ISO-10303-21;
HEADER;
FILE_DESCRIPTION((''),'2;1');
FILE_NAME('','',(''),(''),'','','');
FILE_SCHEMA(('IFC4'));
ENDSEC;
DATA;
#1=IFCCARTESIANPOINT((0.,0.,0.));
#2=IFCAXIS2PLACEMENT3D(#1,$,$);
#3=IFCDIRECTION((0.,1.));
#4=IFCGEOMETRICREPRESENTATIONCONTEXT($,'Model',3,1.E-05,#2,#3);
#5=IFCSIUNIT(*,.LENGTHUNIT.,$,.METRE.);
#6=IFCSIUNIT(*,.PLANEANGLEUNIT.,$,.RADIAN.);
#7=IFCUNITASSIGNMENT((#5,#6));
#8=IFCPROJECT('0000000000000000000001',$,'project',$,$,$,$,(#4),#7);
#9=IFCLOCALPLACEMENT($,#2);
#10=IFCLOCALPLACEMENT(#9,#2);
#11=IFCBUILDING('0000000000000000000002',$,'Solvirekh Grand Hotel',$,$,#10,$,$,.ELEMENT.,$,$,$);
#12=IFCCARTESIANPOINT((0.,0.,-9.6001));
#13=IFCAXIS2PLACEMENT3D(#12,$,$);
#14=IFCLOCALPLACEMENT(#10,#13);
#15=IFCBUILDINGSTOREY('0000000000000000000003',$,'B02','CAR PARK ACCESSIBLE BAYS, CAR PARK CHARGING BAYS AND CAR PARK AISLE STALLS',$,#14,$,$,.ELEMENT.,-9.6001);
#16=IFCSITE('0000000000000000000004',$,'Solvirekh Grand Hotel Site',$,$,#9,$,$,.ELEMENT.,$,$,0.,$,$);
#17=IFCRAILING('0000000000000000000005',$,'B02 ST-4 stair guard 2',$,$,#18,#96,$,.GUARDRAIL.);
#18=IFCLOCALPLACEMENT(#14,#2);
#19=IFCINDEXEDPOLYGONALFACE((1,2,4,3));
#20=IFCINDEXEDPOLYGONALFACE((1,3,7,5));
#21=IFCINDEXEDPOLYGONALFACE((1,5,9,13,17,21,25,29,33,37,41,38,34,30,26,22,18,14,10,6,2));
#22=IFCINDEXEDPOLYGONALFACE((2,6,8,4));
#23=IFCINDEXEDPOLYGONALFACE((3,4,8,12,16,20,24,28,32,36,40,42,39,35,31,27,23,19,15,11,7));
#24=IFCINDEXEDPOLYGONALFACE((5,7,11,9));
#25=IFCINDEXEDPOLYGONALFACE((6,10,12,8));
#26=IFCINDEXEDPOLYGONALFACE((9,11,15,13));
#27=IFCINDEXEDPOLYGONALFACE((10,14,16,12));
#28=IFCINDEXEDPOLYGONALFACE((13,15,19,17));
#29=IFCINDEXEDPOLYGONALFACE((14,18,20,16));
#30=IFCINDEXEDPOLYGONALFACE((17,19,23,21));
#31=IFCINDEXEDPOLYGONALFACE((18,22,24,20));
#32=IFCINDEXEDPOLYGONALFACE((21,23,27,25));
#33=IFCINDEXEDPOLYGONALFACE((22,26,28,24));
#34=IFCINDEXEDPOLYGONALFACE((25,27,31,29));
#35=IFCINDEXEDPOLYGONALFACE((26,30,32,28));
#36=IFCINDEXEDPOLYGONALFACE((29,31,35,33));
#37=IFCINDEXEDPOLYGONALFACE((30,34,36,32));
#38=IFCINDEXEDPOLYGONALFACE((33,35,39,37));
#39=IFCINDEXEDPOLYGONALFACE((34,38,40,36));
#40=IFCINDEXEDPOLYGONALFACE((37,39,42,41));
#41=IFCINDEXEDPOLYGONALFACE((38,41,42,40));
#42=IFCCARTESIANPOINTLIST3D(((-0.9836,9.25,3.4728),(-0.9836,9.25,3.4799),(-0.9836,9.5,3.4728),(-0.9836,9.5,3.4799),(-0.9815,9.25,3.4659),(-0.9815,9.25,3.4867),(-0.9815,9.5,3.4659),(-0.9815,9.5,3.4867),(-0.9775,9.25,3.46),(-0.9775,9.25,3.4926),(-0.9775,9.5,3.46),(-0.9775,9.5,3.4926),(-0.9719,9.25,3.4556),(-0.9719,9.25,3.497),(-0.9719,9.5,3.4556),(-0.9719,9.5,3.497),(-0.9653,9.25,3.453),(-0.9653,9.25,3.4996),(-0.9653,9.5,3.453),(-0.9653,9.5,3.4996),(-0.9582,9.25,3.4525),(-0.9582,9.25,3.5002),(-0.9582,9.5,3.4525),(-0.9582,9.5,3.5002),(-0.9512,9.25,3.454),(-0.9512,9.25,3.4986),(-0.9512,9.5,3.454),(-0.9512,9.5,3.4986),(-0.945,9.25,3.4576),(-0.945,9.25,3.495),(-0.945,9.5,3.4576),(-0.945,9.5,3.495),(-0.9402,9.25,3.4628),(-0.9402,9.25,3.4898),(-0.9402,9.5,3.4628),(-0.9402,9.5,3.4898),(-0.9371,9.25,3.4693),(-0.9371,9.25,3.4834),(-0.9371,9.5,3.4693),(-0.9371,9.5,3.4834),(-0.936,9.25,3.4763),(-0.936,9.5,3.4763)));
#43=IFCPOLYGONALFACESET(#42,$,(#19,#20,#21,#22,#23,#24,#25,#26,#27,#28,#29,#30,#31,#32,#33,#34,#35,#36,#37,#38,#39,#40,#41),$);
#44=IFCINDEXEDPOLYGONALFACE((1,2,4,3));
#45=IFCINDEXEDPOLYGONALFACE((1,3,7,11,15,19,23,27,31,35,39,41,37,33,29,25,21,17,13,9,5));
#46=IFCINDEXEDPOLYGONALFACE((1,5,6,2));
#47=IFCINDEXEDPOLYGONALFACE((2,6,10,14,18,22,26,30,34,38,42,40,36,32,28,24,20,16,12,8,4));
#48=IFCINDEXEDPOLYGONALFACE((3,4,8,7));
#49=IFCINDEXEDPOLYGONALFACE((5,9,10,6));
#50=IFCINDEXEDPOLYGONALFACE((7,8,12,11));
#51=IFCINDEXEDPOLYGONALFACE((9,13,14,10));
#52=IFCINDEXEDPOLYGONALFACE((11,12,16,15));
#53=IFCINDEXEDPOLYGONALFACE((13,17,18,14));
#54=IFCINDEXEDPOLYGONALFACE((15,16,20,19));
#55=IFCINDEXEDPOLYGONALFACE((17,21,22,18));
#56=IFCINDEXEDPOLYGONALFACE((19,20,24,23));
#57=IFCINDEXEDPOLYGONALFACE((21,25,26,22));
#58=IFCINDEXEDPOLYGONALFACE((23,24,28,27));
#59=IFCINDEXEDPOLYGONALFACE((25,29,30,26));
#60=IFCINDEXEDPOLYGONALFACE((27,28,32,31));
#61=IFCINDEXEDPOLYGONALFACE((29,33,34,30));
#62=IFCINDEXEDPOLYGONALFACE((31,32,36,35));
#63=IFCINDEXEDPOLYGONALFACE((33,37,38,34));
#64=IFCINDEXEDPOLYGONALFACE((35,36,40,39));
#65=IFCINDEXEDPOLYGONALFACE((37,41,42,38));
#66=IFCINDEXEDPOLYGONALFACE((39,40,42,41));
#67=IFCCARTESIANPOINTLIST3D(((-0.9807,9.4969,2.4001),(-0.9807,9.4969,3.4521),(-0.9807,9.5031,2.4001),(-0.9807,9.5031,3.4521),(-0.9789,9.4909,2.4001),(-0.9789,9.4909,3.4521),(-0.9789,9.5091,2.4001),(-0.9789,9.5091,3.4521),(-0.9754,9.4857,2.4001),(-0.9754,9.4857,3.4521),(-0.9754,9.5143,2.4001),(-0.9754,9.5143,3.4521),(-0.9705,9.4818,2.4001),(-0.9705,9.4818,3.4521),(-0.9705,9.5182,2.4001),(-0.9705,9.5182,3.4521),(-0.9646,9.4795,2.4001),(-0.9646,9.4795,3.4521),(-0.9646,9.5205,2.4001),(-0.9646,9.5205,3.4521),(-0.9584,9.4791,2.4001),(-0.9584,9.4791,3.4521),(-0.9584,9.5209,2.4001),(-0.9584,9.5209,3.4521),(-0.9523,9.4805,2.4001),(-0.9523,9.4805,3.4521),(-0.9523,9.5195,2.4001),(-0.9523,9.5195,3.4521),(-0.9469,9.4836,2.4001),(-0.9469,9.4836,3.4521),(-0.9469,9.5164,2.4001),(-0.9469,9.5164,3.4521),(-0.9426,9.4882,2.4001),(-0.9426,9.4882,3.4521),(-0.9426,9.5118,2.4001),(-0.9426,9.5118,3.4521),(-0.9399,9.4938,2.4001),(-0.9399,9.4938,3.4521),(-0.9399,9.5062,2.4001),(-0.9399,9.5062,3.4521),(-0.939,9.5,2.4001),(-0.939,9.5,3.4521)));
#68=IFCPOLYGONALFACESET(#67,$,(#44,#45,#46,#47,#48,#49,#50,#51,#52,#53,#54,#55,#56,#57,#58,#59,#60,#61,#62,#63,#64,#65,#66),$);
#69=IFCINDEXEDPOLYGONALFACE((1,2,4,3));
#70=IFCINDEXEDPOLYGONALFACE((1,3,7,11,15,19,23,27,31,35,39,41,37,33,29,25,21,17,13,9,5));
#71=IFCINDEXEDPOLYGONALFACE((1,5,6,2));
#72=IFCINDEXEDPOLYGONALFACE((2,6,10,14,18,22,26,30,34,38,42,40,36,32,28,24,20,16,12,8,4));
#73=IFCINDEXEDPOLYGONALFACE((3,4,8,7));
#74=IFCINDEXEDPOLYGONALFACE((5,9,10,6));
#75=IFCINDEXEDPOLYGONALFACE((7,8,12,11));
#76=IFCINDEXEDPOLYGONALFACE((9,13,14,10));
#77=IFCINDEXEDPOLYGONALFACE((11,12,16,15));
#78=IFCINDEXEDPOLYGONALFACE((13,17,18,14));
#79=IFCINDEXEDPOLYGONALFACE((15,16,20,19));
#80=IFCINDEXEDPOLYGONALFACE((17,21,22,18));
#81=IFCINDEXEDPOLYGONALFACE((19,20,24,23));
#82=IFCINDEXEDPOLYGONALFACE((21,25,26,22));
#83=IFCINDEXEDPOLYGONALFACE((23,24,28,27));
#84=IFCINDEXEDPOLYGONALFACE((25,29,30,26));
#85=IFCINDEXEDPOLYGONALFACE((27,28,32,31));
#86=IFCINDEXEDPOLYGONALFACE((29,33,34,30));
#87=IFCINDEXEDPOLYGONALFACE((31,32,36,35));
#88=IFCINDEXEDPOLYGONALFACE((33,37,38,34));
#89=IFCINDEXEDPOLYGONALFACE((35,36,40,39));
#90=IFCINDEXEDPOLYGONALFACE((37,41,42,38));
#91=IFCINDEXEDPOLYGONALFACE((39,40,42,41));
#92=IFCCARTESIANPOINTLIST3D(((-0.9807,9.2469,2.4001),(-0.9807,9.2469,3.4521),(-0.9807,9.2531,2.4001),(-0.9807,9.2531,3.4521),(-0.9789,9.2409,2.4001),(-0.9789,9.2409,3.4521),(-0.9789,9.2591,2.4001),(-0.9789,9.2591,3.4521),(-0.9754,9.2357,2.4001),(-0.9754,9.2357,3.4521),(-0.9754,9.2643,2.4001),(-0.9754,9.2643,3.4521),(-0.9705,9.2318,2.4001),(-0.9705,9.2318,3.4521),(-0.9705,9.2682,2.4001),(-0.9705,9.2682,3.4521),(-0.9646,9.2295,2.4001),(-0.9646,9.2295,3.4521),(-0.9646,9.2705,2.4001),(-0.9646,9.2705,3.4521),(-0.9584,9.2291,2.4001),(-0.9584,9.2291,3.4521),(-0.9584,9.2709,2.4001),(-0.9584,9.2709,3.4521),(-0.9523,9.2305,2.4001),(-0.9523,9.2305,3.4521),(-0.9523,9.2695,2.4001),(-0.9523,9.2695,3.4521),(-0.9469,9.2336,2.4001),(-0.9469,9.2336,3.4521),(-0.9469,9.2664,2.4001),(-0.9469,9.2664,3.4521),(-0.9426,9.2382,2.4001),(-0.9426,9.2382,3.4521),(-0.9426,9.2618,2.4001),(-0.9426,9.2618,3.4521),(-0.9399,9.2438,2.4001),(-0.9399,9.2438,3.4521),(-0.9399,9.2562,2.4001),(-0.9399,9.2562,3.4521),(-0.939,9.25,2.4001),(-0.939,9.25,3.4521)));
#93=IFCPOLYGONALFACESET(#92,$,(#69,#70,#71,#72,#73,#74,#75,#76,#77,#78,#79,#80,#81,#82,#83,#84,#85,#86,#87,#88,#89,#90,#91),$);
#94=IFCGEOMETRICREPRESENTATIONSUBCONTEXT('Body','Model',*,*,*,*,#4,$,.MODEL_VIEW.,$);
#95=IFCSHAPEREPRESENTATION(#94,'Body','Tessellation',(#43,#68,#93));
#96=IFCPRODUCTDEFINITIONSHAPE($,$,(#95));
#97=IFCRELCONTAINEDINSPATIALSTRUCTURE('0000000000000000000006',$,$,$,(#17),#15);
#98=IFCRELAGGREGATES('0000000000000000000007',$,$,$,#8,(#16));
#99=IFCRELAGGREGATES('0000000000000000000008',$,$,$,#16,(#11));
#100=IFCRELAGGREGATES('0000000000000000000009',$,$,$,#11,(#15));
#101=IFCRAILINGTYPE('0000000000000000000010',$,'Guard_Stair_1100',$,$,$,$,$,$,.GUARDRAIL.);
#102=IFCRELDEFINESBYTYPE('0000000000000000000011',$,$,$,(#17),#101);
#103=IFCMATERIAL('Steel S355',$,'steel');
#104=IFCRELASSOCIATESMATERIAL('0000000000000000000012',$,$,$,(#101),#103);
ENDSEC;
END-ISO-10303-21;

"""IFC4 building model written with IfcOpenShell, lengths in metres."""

from ifc_helpers import new_model, si_unit, direction, frame, origin, origin_2d, place, context, subcontext, project, spatial, circle, extrude, material, type_object, element, save


model = new_model("IFC4")

# Units and contexts
model_context = context("Model", 3, precision=1e-05, world=origin(), true_north=direction((0.0, 1.0)))
body_context = subcontext(model_context, "Body", "Model", "MODEL_VIEW")
ifc_project = project(units=[si_unit("LENGTHUNIT", "METRE"), si_unit("PLANEANGLEUNIT", "RADIAN")], contexts=[model_context])

# Site, building, storey
site_placement = place(None, origin())
site = spatial("IfcSite", under=ifc_project, at=site_placement, Name="Solvirekh Grand Hotel Site", CompositionType="ELEMENT", RefElevation=0.0)
building_placement = place(site_placement, origin())
building = spatial("IfcBuilding", under=site, at=building_placement, Name="Solvirekh Grand Hotel", CompositionType="ELEMENT")
storey_placement = place(building_placement, frame((0.0, 0.0, -9.6001)))
storey = spatial("IfcBuildingStorey", under=building, at=storey_placement, Name="B02", Description="CAR PARK ACCESSIBLE BAYS, CAR PARK CHARGING BAYS AND CAR PARK AISLE STALLS", CompositionType="ELEMENT", Elevation=-9.6001)

# Shared definitions
ifc_material_1 = material(Name="Steel S355", Category="steel")

# Railing
railing_type_1 = type_object("IfcRailingType", Name="Guard_Stair_1100", PredefinedType="GUARDRAIL", material=ifc_material_1)
railing_1_placement = place(storey_placement, frame((-0.96, 9.5, 2.4001)))
element("IfcRailing", 1, at=railing_1_placement, inside=storey, type_object=railing_type_1, Name="B02 ST-4 stair guard 2", PredefinedType="GUARDRAIL", context=body_context, shape_type="SweptSolid", body=[
    extrude(circle(Radius=0.0239, at=origin_2d()), frame((0.0, 0.0, 1.0762), z_axis=(0.0, -1.0, 0.0), x_axis=(1.0, 0.0, 0.0)), (0.0, 0.0, 1.0), 0.25),
    extrude(circle(Radius=0.021, at=origin_2d()), origin(), (0.0, 0.0, 1.0), 1.052),
    extrude(circle(Radius=0.021, at=origin_2d()), frame((0.0, -0.25, 0.0)), (0.0, 0.0, 1.0), 1.052),
])

save(model, "model.ifc")
